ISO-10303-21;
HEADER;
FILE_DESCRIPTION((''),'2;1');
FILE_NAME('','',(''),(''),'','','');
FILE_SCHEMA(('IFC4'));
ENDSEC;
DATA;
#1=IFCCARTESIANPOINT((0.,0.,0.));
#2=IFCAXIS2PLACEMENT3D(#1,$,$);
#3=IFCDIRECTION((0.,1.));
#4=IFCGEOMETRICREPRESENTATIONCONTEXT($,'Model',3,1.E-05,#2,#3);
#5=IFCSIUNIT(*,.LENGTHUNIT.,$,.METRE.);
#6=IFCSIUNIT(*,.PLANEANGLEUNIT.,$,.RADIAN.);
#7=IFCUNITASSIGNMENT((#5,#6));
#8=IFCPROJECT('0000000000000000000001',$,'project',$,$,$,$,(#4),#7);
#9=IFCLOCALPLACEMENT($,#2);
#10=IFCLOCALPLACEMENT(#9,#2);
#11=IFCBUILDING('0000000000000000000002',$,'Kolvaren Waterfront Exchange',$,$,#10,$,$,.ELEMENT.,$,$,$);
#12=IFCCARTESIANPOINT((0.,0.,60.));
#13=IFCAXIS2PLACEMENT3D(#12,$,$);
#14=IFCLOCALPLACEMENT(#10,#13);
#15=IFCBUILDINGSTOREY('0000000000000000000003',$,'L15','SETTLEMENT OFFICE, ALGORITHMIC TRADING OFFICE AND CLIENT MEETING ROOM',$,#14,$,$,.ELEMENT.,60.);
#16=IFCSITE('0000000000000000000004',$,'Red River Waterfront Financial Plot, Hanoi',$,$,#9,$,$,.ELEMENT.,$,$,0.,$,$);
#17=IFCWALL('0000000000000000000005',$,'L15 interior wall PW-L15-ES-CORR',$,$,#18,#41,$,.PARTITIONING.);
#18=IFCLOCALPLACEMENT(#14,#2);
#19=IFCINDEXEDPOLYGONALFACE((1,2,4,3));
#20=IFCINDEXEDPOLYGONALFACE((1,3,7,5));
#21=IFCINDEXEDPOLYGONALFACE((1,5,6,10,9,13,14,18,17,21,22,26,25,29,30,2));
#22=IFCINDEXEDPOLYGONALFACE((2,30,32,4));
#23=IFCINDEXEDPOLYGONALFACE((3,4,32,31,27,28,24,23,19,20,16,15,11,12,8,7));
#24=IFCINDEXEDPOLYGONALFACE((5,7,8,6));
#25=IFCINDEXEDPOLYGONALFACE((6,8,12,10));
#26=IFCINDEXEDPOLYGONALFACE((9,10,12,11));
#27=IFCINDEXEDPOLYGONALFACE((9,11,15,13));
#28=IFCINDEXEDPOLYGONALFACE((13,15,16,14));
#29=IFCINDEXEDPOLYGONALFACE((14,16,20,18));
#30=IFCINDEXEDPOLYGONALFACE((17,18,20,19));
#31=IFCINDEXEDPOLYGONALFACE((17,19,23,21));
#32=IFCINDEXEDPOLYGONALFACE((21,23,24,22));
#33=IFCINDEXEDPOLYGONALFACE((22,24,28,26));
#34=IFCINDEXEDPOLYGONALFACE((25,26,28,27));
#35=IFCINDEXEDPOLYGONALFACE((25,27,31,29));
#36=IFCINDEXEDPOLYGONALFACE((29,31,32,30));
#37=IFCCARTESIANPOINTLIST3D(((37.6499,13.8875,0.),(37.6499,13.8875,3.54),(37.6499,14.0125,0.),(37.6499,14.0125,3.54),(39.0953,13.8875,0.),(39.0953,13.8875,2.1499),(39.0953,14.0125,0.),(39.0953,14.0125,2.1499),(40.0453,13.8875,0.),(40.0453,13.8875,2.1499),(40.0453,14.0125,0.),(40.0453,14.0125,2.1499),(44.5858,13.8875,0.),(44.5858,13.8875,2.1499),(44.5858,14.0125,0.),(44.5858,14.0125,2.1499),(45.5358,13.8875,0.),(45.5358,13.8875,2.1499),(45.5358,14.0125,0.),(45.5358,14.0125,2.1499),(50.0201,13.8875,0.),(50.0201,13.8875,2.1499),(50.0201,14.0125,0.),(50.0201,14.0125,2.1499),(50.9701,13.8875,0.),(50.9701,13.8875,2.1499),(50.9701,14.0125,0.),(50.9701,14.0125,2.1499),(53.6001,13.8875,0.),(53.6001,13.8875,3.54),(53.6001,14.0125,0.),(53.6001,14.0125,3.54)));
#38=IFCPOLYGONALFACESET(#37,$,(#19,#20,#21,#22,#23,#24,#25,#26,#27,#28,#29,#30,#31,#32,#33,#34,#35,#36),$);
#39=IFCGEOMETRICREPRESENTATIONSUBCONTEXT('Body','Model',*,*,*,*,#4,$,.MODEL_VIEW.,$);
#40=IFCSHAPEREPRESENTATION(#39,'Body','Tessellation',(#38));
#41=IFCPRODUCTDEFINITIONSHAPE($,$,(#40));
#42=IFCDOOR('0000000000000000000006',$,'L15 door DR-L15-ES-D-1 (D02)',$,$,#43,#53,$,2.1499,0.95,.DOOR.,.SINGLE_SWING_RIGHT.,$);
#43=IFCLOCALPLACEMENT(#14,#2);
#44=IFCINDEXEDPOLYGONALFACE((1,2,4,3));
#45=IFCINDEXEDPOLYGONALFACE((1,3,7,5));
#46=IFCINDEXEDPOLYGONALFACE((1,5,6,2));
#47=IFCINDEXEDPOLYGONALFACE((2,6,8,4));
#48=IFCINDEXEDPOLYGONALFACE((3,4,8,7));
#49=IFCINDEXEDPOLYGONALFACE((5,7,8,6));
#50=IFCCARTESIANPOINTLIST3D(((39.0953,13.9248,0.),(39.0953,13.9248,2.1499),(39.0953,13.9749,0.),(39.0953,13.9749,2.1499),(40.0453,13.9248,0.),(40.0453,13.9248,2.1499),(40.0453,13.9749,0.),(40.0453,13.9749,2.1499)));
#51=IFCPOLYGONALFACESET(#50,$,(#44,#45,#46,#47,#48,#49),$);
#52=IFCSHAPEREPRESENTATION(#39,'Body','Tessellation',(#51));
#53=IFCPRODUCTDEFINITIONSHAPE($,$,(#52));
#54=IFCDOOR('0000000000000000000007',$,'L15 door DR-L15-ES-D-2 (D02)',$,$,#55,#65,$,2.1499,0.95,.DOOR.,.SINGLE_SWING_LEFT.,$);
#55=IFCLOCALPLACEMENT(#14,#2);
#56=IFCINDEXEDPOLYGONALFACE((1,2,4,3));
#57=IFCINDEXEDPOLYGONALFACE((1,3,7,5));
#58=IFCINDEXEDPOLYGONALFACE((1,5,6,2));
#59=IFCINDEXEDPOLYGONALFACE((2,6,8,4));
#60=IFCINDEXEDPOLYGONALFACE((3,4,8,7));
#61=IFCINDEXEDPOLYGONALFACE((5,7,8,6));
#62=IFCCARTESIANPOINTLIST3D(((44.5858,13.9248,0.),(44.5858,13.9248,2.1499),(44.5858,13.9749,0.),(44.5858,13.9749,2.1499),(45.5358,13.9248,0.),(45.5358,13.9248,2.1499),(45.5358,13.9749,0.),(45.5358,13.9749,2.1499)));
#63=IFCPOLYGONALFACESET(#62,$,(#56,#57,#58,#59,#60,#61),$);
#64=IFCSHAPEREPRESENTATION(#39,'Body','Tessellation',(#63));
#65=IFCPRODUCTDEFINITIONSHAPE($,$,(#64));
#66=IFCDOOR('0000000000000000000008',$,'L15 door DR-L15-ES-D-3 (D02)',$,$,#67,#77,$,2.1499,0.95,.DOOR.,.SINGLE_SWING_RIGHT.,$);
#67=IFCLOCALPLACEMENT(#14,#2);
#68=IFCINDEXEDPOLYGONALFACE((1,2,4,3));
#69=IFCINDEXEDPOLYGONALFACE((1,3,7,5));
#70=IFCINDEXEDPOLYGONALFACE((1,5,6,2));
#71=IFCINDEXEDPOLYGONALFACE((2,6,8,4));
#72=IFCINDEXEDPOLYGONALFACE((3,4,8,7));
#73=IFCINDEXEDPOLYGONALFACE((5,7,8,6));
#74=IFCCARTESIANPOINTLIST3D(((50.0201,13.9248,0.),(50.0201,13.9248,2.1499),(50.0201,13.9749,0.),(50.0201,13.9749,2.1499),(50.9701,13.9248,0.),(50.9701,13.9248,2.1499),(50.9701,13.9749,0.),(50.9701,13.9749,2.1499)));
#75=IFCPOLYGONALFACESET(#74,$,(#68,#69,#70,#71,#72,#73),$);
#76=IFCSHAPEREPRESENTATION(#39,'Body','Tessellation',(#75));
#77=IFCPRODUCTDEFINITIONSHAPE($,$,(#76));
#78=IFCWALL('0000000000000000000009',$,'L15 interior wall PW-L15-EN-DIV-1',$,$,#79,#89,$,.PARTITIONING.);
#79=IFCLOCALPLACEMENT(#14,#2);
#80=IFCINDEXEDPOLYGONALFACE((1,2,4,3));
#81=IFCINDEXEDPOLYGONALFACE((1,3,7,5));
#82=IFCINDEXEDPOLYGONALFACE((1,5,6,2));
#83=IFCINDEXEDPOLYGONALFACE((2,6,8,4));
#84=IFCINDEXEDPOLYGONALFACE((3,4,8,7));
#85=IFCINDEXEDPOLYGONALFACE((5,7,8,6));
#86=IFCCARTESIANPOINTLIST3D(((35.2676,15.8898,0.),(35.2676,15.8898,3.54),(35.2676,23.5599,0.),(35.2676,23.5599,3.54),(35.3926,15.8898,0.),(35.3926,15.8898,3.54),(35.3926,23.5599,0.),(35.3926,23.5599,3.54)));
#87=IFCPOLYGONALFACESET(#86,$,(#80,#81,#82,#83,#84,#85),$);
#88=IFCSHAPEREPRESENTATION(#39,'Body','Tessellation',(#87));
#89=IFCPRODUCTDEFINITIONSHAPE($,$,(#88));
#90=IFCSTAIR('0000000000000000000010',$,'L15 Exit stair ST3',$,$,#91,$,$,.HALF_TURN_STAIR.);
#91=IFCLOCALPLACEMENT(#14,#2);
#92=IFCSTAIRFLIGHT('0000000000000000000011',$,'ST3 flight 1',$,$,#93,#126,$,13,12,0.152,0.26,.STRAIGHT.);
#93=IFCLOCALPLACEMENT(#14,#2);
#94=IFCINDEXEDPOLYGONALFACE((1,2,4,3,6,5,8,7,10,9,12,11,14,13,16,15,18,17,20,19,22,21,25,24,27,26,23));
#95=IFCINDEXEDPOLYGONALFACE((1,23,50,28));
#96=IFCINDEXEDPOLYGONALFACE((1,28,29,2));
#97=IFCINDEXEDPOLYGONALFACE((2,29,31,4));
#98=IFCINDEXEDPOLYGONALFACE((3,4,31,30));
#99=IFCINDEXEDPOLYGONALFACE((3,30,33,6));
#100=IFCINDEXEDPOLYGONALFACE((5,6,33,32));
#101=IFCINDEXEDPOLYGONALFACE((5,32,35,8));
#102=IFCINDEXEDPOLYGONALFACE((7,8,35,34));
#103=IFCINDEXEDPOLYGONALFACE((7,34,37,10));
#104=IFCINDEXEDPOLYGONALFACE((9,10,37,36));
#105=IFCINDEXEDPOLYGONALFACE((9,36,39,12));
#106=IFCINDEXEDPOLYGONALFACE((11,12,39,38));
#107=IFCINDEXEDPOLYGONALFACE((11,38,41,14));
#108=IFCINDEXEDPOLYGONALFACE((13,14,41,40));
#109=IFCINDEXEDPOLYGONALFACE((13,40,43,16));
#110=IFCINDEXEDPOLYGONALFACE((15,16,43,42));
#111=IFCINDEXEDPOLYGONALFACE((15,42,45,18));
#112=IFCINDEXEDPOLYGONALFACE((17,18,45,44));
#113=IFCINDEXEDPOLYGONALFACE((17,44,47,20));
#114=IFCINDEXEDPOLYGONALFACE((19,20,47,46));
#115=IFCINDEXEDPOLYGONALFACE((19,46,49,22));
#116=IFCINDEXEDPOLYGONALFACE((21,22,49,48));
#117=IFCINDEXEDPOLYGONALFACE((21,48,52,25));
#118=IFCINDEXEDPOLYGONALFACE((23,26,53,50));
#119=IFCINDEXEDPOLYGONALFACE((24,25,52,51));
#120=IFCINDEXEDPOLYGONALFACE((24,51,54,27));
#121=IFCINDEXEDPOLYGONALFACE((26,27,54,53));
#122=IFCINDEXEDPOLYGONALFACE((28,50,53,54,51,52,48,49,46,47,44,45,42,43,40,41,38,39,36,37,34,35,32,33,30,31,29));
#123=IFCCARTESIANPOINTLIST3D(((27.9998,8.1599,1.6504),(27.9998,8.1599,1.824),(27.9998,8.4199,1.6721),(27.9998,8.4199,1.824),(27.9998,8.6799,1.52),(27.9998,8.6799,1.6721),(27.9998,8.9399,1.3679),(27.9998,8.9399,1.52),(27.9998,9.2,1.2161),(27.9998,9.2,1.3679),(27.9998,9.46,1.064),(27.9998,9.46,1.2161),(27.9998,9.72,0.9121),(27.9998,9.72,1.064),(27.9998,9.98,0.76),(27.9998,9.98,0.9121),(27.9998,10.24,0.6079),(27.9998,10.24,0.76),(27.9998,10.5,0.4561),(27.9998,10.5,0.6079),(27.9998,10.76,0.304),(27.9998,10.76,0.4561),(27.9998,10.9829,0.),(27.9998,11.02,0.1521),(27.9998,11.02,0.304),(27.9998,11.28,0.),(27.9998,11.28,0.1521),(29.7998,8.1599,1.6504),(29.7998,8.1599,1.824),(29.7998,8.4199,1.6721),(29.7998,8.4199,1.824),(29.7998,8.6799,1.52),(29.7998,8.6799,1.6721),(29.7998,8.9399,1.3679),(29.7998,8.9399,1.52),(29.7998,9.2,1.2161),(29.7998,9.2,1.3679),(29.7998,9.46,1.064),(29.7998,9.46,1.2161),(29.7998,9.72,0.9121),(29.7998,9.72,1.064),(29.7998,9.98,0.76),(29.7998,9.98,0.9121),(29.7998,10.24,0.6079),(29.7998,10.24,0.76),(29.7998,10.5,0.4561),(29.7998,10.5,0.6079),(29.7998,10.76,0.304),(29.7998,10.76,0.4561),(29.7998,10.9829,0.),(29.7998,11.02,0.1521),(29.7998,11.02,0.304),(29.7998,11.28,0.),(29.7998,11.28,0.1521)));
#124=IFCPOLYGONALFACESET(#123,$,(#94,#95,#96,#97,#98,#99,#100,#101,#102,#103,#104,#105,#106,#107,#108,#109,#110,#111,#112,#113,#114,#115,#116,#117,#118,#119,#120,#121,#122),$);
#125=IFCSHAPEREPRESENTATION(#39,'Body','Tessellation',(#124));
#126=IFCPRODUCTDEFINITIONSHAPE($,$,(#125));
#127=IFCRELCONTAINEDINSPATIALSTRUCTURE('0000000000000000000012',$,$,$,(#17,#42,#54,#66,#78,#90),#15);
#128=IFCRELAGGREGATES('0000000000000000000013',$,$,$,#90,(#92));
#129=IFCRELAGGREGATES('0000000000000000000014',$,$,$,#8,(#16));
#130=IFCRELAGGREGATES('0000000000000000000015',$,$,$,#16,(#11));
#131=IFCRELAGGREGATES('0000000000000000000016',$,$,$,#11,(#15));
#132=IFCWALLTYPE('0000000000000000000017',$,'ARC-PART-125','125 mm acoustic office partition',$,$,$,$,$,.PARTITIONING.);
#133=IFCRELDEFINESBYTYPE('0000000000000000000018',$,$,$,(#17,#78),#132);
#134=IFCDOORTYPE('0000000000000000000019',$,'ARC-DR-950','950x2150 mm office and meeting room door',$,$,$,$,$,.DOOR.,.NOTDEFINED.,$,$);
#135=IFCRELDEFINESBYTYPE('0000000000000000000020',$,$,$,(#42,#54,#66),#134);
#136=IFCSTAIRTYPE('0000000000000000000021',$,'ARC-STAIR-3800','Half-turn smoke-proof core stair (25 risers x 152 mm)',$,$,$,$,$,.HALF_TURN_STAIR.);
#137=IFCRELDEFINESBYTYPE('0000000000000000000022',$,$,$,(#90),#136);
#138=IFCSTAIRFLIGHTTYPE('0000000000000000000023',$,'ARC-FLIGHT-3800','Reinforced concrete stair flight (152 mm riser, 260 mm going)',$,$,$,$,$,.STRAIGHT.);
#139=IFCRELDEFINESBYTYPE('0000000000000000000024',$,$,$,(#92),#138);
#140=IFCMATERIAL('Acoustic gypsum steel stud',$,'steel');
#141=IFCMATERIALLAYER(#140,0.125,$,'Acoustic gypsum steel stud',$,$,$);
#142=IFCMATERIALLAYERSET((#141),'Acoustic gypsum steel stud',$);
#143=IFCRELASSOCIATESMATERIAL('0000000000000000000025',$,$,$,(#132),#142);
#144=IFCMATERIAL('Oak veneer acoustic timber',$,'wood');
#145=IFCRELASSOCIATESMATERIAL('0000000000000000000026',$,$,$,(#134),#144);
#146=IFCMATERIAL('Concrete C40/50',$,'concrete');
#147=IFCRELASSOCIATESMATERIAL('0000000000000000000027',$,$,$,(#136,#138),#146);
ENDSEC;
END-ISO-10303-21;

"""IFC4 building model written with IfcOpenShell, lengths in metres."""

from ifc_helpers import new_model, si_unit, direction, frame, frame_2d, origin, place, context, subcontext, project, spatial, polyline, rectangle, outline, extrude, material, layer, layer_set, type_object, element, fill, aggregate, save


model = new_model("IFC4")

# Units and contexts
model_context = context("Model", 3, precision=1e-05, world=origin(), true_north=direction((0.0, 1.0)))
body_context = subcontext(model_context, "Body", "Model", "MODEL_VIEW")
ifc_project = project(units=[si_unit("LENGTHUNIT", "METRE"), si_unit("PLANEANGLEUNIT", "RADIAN")], contexts=[model_context])

# Site, building, storey
site_placement = place(None, origin())
site = spatial("IfcSite", under=ifc_project, at=site_placement, Name="Red River Waterfront Financial Plot, Hanoi", CompositionType="ELEMENT", RefElevation=0.0)
building_placement = place(site_placement, origin())
building = spatial("IfcBuilding", under=site, at=building_placement, Name="Kolvaren Waterfront Exchange", CompositionType="ELEMENT")
storey_placement = place(building_placement, frame((0.0, 0.0, 60.0)))
storey = spatial("IfcBuildingStorey", under=building, at=storey_placement, Name="L15", Description="SETTLEMENT OFFICE, ALGORITHMIC TRADING OFFICE AND CLIENT MEETING ROOM", CompositionType="ELEMENT", Elevation=60.0)

# Wall, openings, doors
ifc_material_1 = material(Name="Acoustic gypsum steel stud", Category="steel")
ifc_layer_1 = layer(ifc_material_1, 0.125, Name="Acoustic gypsum steel stud")
ifc_layer_set_1 = layer_set([ifc_layer_1], Name="Acoustic gypsum steel stud")
wall_type_1 = type_object("IfcWallType", Name="ARC-PART-125", Description="125 mm acoustic office partition", PredefinedType="PARTITIONING", material=ifc_layer_set_1)
wall_1_placement = place(storey_placement, frame((37.6499, 13.95, 0.0), z_axis=(0.0, 0.0, 1.0), x_axis=(1.0, 0.0, 0.0)))
wall_1 = element("IfcWall", 1, at=wall_1_placement, inside=storey, type_object=wall_type_1, Name="L15 interior wall PW-L15-ES-CORR", PredefinedType="PARTITIONING", context=body_context, shape_type="SweptSolid", body=[
    extrude(rectangle(XDim=15.9502, YDim=0.125, at=frame_2d((7.9751, 0.0))), origin(), (0.0, 0.0, 1.0), 3.54),
])
opening_1_placement = place(wall_1_placement, frame((1.4453, 0.0, 0.0)))
opening_1 = element("IfcOpeningElement", 2, at=opening_1_placement, cuts=wall_1, PredefinedType="OPENING", context=body_context, shape_type="SweptSolid", body=[
    extrude(rectangle(XDim=0.95, YDim=2.1499, at=frame_2d((0.4751, 1.075))), frame((0.0, 0.0725, 0.0), z_axis=(0.0, -1.0, 0.0), x_axis=(1.0, 0.0, 0.0)), (0.0, 0.0, 1.0), 0.145),
])
opening_2_placement = place(wall_1_placement, frame((6.9358, 0.0, 0.0)))
opening_2 = element("IfcOpeningElement", 3, at=opening_2_placement, cuts=wall_1, PredefinedType="OPENING", context=body_context, shape_type="SweptSolid", body=[
    extrude(rectangle(XDim=0.95, YDim=2.1499, at=frame_2d((0.4751, 1.075))), frame((0.0, 0.0725, 0.0), z_axis=(0.0, -1.0, 0.0), x_axis=(1.0, 0.0, 0.0)), (0.0, 0.0, 1.0), 0.145),
])
opening_3_placement = place(wall_1_placement, frame((12.3701, 0.0, 0.0)))
opening_3 = element("IfcOpeningElement", 4, at=opening_3_placement, cuts=wall_1, PredefinedType="OPENING", context=body_context, shape_type="SweptSolid", body=[
    extrude(rectangle(XDim=0.95, YDim=2.1499, at=frame_2d((0.4751, 1.075))), frame((0.0, 0.0725, 0.0), z_axis=(0.0, -1.0, 0.0), x_axis=(1.0, 0.0, 0.0)), (0.0, 0.0, 1.0), 0.145),
])
ifc_material_2 = material(Name="Oak veneer acoustic timber", Category="wood")
door_type_1 = type_object("IfcDoorType", Name="ARC-DR-950", Description="950x2150 mm office and meeting room door", OperationType="NOTDEFINED", PredefinedType="DOOR", material=ifc_material_2)
door_1_placement = place(opening_1_placement, origin())
door_1 = element("IfcDoor", 5, at=door_1_placement, inside=storey, type_object=door_type_1, Name="L15 door DR-L15-ES-D-1 (D02)", OperationType="SINGLE_SWING_RIGHT", OverallHeight=2.1499, OverallWidth=0.95, PredefinedType="DOOR", context=body_context, shape_type="SweptSolid", body=[
    extrude(rectangle(XDim=0.95, YDim=2.1499, at=frame_2d((0.4751, 1.075))), frame((0.0, 0.0249, 0.0), z_axis=(0.0, -1.0, 0.0), x_axis=(1.0, 0.0, 0.0)), (0.0, 0.0, 1.0), 0.05),
])
fill(opening_1, door_1)
door_2_placement = place(opening_2_placement, origin())
door_2 = element("IfcDoor", 6, at=door_2_placement, inside=storey, type_object=door_type_1, Name="L15 door DR-L15-ES-D-2 (D02)", OperationType="SINGLE_SWING_LEFT", OverallHeight=2.1499, OverallWidth=0.95, PredefinedType="DOOR", context=body_context, shape_type="SweptSolid", body=[
    extrude(rectangle(XDim=0.95, YDim=2.1499, at=frame_2d((0.4751, 1.075))), frame((0.0, 0.0249, 0.0), z_axis=(0.0, -1.0, 0.0), x_axis=(1.0, 0.0, 0.0)), (0.0, 0.0, 1.0), 0.05),
])
fill(opening_2, door_2)
door_3_placement = place(opening_3_placement, origin())
door_3 = element("IfcDoor", 7, at=door_3_placement, inside=storey, type_object=door_type_1, Name="L15 door DR-L15-ES-D-3 (D02)", OperationType="SINGLE_SWING_RIGHT", OverallHeight=2.1499, OverallWidth=0.95, PredefinedType="DOOR", context=body_context, shape_type="SweptSolid", body=[
    extrude(rectangle(XDim=0.95, YDim=2.1499, at=frame_2d((0.4751, 1.075))), frame((0.0, 0.0249, 0.0), z_axis=(0.0, -1.0, 0.0), x_axis=(1.0, 0.0, 0.0)), (0.0, 0.0, 1.0), 0.05),
])
fill(opening_3, door_3)

# Wall
wall_2_placement = place(storey_placement, frame((35.3301, 15.8899, 0.0), z_axis=(0.0, 0.0, 1.0), x_axis=(0.0, 1.0, 0.0)))
element("IfcWall", 8, at=wall_2_placement, inside=storey, type_object=wall_type_1, Name="L15 interior wall PW-L15-EN-DIV-1", PredefinedType="PARTITIONING", context=body_context, shape_type="SweptSolid", body=[
    extrude(rectangle(XDim=7.6702, YDim=0.125, at=frame_2d((3.835, 0.0))), origin(), (0.0, 0.0, 1.0), 3.54),
])

# Stair, stair flight
ifc_material_3 = material(Name="Concrete C40/50", Category="concrete")
stair_type = type_object("IfcStairType", Name="ARC-STAIR-3800", Description="Half-turn smoke-proof core stair (25 risers x 152 mm)", PredefinedType="HALF_TURN_STAIR", material=ifc_material_3)
stair_placement = place(storey_placement, origin())
stair = element("IfcStair", 9, at=stair_placement, inside=storey, type_object=stair_type, Name="L15 Exit stair ST3", PredefinedType="HALF_TURN_STAIR")
stair_flight_type = type_object("IfcStairFlightType", Name="ARC-FLIGHT-3800", Description="Reinforced concrete stair flight (152 mm riser, 260 mm going)", PredefinedType="STRAIGHT", material=ifc_material_3)
stair_flight_placement = place(storey_placement, frame((28.8999, 11.28, 0.0), z_axis=(0.0, 0.0, 1.0), x_axis=(0.0, -1.0, 0.0)))
stair_flight = element("IfcStairFlight", 10, at=stair_flight_placement, type_object=stair_flight_type, Name="ST3 flight 1", NumberOfRisers=13, NumberOfTreads=12, PredefinedType="STRAIGHT", RiserHeight=0.152, TreadLength=0.26, context=body_context, shape_type="SweptSolid", body=[
    extrude(outline(polyline([(0.0, 0.0), (0.0, 0.1521), (0.26, 0.1521), (0.26, 0.304), (0.52, 0.304), (0.52, 0.4561), (0.78, 0.4561), (0.78, 0.6079), (1.04, 0.6079), (1.04, 0.76), (1.3, 0.76), (1.3, 0.9121), (1.5601, 0.9121), (1.5601, 1.064), (1.8201, 1.064), (1.8201, 1.2161), (2.0801, 1.2161), (2.0801, 1.3679), (2.3401, 1.3679), (2.3401, 1.52), (2.6001, 1.52), (2.6001, 1.6721), (2.8601, 1.6721), (2.8601, 1.824), (3.1201, 1.824), (3.1201, 1.9761), (3.1201, 1.6504), (0.2971, 0.0), (0.0, 0.0)])), frame((0.0, 0.8999, 0.0), z_axis=(0.0, -1.0, 0.0), x_axis=(1.0, 0.0, 0.0)), (0.0, 0.0, 1.0), 1.8),
])
aggregate(stair, [stair_flight])

save(model, "model.ifc")
